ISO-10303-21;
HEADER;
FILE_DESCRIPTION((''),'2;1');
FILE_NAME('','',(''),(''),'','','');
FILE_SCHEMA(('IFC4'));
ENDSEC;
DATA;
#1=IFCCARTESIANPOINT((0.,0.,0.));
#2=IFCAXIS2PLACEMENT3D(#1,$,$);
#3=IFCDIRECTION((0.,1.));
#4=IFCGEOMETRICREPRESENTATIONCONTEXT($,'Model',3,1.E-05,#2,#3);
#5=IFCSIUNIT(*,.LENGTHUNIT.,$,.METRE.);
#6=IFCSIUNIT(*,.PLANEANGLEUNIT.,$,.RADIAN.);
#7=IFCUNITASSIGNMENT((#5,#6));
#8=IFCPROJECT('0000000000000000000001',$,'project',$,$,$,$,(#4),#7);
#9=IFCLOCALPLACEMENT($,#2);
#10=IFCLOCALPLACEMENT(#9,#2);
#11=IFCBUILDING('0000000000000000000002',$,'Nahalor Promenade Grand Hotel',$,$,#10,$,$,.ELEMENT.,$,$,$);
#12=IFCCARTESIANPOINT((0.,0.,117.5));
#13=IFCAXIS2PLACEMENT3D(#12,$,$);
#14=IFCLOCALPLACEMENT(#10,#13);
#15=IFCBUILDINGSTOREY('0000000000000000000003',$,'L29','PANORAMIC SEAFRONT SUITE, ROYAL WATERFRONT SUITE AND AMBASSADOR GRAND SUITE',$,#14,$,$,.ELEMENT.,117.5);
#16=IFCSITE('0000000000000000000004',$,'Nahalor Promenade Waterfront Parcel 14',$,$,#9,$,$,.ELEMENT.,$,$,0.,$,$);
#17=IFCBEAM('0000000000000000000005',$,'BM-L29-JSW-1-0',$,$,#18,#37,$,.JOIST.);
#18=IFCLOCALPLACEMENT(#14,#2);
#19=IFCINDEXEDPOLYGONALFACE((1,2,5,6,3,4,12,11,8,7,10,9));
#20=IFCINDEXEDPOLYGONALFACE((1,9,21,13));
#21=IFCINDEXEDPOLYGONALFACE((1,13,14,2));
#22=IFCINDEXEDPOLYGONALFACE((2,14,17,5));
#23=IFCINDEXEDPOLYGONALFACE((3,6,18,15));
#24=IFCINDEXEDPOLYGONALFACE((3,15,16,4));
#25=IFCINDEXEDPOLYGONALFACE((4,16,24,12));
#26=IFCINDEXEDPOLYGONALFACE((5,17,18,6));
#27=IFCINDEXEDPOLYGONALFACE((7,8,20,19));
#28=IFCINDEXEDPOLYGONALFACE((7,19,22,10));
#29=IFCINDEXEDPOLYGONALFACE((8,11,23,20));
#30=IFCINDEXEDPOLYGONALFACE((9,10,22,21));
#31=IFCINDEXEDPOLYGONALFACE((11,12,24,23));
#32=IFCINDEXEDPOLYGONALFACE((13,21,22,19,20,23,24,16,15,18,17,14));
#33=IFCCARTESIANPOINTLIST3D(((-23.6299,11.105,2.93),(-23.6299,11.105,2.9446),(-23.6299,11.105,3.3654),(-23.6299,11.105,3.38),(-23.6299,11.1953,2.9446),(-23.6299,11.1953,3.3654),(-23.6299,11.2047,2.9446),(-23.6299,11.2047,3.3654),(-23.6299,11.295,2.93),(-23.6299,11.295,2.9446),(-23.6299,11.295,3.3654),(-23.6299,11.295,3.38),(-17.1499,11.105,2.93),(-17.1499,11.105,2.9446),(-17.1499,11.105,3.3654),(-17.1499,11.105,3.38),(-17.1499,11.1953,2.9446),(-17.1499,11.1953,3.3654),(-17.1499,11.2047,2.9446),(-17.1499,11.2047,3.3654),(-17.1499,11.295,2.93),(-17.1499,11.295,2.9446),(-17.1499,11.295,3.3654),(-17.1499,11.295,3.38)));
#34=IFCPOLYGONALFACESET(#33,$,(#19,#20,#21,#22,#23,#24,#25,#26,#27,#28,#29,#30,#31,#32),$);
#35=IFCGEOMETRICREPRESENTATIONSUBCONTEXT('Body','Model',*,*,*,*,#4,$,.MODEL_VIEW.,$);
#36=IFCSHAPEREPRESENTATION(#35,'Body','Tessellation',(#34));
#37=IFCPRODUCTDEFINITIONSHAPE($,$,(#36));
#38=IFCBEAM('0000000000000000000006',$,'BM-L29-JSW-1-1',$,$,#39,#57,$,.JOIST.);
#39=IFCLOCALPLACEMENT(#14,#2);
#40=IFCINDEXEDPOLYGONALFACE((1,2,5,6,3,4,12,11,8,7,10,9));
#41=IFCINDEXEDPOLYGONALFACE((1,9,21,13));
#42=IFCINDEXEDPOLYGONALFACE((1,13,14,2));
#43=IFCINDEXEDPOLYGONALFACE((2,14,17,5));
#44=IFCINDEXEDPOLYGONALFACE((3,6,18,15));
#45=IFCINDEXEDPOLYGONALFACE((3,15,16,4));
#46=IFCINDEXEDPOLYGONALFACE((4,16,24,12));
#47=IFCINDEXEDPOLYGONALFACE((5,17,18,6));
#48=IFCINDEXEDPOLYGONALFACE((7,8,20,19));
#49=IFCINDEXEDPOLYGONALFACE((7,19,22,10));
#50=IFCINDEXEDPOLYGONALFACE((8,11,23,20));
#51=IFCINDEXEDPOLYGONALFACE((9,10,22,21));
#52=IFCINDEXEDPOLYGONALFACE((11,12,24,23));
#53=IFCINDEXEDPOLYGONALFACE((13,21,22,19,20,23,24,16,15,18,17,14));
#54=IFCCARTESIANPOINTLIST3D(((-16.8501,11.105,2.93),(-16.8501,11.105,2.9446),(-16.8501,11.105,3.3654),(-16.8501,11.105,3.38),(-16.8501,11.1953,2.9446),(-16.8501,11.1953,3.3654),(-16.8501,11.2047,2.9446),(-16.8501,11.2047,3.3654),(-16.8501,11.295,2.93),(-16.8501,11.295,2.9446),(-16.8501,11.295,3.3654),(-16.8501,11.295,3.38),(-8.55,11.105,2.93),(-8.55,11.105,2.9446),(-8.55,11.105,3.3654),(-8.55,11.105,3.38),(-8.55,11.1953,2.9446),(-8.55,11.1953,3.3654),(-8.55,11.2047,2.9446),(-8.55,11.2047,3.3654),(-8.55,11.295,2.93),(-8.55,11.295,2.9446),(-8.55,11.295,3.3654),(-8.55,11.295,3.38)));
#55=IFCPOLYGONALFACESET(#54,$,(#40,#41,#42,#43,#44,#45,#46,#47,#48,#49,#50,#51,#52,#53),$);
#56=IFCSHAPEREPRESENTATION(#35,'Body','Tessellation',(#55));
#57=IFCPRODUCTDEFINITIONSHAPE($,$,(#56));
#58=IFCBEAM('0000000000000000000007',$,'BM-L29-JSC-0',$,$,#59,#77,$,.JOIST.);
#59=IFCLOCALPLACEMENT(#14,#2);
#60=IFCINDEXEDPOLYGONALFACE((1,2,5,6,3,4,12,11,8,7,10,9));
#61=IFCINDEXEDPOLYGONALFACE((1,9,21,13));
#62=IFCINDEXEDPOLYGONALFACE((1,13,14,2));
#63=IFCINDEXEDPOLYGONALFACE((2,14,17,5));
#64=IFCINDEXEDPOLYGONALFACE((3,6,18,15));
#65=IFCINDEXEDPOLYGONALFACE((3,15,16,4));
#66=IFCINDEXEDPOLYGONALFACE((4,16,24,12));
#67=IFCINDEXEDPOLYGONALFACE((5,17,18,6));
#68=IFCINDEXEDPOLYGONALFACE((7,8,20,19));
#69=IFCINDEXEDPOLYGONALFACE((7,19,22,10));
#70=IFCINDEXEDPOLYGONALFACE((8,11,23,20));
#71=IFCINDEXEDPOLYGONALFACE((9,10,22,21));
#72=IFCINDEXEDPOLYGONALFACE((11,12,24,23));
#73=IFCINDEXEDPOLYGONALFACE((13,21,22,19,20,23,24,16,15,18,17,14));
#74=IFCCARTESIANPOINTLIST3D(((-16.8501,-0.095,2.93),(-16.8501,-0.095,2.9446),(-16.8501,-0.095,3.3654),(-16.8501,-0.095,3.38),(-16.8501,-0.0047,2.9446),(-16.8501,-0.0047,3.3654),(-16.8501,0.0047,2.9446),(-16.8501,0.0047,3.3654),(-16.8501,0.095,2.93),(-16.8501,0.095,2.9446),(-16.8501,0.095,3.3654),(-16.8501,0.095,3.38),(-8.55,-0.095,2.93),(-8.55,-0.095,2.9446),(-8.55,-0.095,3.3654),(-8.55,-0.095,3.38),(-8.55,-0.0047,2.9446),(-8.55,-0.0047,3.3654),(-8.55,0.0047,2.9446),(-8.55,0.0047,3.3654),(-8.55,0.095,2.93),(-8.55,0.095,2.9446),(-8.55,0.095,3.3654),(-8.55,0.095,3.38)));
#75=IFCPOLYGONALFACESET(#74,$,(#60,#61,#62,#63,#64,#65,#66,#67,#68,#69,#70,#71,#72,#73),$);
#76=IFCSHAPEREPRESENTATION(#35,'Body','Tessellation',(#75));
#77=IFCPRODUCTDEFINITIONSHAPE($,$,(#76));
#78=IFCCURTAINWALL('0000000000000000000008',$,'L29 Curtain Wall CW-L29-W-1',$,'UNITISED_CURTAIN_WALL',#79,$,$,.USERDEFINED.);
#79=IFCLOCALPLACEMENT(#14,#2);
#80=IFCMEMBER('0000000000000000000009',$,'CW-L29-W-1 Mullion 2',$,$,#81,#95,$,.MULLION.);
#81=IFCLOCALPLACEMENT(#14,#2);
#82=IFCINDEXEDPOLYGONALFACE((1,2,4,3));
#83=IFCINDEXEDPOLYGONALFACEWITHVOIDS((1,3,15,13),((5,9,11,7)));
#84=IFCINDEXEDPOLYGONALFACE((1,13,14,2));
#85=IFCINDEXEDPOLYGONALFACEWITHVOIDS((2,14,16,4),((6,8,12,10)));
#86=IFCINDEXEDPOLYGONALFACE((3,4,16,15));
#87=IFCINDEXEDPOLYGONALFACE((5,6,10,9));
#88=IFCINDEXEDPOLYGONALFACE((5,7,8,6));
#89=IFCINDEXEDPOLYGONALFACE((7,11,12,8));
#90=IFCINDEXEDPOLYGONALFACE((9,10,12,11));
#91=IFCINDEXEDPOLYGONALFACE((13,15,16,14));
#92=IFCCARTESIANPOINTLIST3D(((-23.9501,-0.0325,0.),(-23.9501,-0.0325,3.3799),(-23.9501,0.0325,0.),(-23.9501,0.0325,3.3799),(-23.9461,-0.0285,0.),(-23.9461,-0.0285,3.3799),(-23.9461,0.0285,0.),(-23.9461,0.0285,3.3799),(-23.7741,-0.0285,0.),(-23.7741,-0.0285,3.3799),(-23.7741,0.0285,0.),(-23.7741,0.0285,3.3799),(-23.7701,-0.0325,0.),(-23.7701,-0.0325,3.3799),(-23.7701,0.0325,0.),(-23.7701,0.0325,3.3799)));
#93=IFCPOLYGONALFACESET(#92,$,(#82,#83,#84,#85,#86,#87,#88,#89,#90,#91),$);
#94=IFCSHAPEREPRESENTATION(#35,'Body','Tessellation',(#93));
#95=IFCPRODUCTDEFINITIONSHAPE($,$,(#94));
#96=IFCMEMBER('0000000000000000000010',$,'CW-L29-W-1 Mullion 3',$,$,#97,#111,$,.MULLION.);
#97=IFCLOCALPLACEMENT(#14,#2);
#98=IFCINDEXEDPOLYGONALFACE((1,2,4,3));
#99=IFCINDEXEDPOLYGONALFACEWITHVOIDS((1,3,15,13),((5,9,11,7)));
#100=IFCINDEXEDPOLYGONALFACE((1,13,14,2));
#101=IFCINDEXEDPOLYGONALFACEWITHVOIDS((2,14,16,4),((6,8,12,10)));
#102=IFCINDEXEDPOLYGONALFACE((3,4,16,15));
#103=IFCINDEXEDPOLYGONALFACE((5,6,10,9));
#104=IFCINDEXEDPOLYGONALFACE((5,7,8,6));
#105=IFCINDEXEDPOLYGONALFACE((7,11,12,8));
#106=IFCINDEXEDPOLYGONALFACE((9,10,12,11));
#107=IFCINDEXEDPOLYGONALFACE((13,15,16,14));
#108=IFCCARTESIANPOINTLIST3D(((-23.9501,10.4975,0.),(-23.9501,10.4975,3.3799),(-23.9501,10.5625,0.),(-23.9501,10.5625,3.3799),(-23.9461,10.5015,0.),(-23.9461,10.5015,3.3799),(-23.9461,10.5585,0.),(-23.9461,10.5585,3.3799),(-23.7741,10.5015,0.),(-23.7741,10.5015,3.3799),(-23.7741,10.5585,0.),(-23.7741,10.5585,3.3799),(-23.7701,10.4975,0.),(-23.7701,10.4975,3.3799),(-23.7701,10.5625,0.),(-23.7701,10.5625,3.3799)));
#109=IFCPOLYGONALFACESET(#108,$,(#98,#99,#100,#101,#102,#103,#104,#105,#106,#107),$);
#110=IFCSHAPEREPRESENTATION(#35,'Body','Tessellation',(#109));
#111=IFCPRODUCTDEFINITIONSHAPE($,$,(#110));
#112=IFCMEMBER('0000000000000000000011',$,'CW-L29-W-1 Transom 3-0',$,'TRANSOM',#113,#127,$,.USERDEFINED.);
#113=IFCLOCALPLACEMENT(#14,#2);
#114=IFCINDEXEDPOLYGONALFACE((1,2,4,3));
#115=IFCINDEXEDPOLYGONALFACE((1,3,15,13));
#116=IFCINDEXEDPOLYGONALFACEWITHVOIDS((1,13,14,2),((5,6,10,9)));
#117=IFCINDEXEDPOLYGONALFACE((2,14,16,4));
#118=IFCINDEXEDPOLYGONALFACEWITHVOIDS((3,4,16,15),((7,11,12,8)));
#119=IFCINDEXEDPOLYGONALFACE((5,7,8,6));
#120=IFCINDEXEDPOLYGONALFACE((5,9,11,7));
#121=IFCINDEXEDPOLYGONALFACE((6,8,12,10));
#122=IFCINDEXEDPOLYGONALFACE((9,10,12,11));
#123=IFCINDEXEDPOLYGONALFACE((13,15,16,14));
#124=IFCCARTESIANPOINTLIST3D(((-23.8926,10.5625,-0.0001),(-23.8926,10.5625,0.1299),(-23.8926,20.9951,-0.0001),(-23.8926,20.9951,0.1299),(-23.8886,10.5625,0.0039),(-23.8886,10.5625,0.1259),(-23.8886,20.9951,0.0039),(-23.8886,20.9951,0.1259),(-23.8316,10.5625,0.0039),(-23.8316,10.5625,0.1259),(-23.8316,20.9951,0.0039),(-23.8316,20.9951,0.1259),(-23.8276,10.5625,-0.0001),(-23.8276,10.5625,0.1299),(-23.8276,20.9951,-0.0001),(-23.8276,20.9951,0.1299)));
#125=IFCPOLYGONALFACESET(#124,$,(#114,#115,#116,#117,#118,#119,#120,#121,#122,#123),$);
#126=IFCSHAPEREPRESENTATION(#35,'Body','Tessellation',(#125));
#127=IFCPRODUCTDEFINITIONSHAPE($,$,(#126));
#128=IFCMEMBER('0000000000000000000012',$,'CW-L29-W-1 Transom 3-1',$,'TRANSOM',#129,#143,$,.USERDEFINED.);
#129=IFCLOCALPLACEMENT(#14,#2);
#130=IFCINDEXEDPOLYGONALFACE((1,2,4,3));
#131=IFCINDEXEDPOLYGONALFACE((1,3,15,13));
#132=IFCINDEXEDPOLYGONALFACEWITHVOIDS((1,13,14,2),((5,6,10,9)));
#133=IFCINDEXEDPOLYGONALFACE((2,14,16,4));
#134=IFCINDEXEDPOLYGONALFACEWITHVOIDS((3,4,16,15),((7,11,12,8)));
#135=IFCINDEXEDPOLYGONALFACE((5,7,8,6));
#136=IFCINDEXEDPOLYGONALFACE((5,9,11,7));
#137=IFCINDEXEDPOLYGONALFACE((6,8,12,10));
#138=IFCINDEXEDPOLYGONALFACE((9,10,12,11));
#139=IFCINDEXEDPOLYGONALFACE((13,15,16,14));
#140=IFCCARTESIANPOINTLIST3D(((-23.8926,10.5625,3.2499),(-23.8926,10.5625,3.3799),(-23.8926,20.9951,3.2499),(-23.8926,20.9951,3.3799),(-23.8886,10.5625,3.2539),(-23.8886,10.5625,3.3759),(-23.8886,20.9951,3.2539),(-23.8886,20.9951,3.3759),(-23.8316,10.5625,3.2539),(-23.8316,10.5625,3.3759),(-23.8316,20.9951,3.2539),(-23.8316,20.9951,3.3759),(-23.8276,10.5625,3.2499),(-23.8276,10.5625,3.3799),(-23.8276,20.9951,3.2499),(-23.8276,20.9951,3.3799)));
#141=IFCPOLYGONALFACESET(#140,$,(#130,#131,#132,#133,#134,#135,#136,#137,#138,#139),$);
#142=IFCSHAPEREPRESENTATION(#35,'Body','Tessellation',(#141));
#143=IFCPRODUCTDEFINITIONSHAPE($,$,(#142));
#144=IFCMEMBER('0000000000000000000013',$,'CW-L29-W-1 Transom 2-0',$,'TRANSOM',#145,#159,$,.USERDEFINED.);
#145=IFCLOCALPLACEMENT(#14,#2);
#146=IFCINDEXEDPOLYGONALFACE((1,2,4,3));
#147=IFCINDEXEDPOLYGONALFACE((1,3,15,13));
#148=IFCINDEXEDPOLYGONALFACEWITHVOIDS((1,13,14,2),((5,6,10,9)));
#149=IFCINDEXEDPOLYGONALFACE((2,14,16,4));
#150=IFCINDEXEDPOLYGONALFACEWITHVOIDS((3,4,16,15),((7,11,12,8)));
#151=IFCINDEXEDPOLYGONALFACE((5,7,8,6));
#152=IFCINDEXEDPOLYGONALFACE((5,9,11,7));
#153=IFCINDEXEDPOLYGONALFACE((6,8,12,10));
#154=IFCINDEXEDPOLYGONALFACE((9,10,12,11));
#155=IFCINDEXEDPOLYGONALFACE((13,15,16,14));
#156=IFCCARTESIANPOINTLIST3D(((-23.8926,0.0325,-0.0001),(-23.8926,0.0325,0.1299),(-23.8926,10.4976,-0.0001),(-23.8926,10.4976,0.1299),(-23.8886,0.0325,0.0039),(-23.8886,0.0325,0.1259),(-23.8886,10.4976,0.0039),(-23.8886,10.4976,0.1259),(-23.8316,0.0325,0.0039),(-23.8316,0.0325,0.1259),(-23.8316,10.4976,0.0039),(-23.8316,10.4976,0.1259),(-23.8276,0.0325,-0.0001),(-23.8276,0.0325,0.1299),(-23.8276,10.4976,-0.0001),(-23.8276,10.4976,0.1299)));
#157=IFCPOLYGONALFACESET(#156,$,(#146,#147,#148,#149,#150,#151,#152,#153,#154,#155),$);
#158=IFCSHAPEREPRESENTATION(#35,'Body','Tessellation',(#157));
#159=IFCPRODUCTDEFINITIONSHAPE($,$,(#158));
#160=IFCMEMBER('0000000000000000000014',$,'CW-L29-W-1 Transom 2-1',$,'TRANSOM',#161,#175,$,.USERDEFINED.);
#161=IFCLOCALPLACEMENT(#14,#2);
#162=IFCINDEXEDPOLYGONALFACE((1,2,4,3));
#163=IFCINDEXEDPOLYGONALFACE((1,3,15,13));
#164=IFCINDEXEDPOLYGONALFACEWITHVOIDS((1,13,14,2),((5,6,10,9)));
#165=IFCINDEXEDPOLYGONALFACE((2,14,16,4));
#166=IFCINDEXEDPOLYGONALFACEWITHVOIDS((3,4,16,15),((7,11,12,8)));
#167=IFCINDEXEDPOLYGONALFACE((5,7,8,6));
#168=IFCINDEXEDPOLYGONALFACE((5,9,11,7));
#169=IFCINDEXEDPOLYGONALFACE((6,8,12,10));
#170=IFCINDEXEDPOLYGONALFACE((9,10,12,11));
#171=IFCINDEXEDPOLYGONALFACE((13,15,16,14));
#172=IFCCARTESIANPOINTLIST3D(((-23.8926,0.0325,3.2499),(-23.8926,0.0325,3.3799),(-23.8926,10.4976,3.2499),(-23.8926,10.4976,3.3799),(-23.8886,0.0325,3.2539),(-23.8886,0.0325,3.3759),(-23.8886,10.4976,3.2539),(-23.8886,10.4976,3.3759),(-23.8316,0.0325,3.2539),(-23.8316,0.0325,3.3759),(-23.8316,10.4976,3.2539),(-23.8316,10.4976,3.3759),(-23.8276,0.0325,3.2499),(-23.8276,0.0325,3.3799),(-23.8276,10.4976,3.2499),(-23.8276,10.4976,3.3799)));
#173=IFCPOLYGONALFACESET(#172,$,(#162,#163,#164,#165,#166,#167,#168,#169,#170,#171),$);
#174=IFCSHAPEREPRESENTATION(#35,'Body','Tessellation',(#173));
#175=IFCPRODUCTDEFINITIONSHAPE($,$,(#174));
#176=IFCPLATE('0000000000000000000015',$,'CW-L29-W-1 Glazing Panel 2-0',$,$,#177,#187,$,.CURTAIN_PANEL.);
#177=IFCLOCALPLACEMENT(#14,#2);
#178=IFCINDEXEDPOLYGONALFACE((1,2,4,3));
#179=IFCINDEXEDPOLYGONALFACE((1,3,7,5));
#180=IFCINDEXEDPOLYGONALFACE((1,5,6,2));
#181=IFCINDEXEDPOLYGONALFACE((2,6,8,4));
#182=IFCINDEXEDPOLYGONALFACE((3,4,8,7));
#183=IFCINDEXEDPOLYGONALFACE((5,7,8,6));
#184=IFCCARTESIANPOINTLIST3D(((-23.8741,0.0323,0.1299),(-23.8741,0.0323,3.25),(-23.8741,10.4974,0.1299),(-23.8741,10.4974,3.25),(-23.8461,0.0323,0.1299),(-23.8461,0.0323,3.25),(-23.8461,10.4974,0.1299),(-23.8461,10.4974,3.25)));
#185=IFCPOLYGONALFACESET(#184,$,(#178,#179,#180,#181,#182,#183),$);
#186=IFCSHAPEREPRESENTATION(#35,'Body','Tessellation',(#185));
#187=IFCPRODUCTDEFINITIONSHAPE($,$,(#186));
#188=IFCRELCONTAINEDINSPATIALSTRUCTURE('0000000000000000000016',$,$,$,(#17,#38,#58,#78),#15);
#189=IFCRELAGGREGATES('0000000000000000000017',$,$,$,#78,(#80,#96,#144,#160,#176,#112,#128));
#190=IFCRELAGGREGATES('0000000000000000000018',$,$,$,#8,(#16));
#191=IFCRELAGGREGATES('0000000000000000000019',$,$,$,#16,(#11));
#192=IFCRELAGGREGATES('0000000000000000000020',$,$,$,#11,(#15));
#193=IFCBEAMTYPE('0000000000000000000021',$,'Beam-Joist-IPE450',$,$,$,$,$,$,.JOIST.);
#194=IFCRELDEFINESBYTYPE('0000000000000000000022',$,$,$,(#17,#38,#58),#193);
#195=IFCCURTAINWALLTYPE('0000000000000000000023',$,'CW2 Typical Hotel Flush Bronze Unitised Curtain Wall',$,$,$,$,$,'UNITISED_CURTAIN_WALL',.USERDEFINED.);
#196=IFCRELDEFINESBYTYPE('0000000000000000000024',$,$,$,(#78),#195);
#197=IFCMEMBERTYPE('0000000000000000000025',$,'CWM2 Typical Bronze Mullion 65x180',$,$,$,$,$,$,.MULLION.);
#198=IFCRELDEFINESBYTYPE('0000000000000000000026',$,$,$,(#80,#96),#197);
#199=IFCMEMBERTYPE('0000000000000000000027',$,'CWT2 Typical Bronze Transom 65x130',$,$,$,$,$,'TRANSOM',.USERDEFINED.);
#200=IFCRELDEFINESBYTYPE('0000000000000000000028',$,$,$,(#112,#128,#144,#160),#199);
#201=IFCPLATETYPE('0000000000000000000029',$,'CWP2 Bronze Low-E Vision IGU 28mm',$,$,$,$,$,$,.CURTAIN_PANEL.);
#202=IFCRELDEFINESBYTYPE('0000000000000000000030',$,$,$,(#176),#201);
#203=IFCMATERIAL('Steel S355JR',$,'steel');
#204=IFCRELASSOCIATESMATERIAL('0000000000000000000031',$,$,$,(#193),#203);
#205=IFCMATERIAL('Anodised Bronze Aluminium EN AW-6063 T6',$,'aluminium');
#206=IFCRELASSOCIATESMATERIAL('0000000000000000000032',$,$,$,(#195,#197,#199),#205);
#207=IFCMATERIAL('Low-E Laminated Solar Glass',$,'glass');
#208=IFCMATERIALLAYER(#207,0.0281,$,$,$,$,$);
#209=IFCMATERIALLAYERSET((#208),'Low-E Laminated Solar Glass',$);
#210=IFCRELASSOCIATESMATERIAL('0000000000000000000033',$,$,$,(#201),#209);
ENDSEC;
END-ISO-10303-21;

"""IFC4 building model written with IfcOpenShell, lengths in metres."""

from ifc_helpers import new_model, si_unit, direction, frame, origin, origin_2d, place, context, subcontext, project, spatial, rectangle, hollow_rectangle, i_section, extrude, source, transform, mapped, material, layer, layer_set, material_profile, profile_set, type_object, element, aggregate, save


model = new_model("IFC4")

# Units and contexts
model_context = context("Model", 3, precision=1e-05, world=origin(), true_north=direction((0.0, 1.0)))
body_context = subcontext(model_context, "Body", "Model", "MODEL_VIEW")
ifc_project = project(units=[si_unit("LENGTHUNIT", "METRE"), si_unit("PLANEANGLEUNIT", "RADIAN")], contexts=[model_context])

# Site, building, storey
site_placement = place(None, origin())
site = spatial("IfcSite", under=ifc_project, at=site_placement, Name="Nahalor Promenade Waterfront Parcel 14", CompositionType="ELEMENT", RefElevation=0.0)
building_placement = place(site_placement, origin())
building = spatial("IfcBuilding", under=site, at=building_placement, Name="Nahalor Promenade Grand Hotel", CompositionType="ELEMENT")
storey_placement = place(building_placement, frame((0.0, 0.0, 117.5)))
storey = spatial("IfcBuildingStorey", under=building, at=storey_placement, Name="L29", Description="PANORAMIC SEAFRONT SUITE, ROYAL WATERFRONT SUITE AND AMBASSADOR GRAND SUITE", CompositionType="ELEMENT", Elevation=117.5)

# Beams
ifc_material_1 = material(Name="Steel S355JR", Category="steel")
ifc_material_profile_1 = material_profile(ifc_material_1, i_section(OverallWidth=0.19, OverallDepth=0.45, WebThickness=0.0094, FlangeThickness=0.0146, at=origin_2d()), Name="IPE 450")
ifc_profile_set_1 = profile_set([ifc_material_profile_1], Name="Steel S355JR")
beam_type_1 = type_object("IfcBeamType", Name="Beam-Joist-IPE450", PredefinedType="JOIST", material=ifc_profile_set_1)
shared_shape_1 = source(origin(), body_context, "Body", "SweptSolid", [
    extrude(i_section(OverallWidth=0.19, OverallDepth=0.45, WebThickness=0.0094, FlangeThickness=0.0146, at=origin_2d()), origin(), (0.0, 0.0, 1.0), 6.48),
])
beam_1_placement = place(storey_placement, frame((-23.6299, 11.2, 3.155), z_axis=(1.0, 0.0, 0.0), x_axis=(0.0, 1.0, 0.0)))
element("IfcBeam", 1, at=beam_1_placement, inside=storey, type_object=beam_type_1, Name="BM-L29-JSW-1-0", PredefinedType="JOIST", context=body_context, shape_type="MappedRepresentation", body=[
    mapped(shared_shape_1, transform((0.0, 0.0, 0.0), scale=1.0)),
])
shared_shape_2 = source(origin(), body_context, "Body", "SweptSolid", [
    extrude(i_section(OverallWidth=0.19, OverallDepth=0.45, WebThickness=0.0094, FlangeThickness=0.0146, at=origin_2d()), origin(), (0.0, 0.0, 1.0), 8.3),
])
for number, where, z_axis, x_axis, name in (
    (2, (-16.8501, 11.2, 3.155), (1.0, 0.0, 0.0), (0.0, 1.0, 0.0), "BM-L29-JSW-1-1"),
    (3, (-16.8501, 0.0, 3.155), (1.0, 0.0, 0.0), (0.0, 1.0, 0.0), "BM-L29-JSC-0"),
):
    element("IfcBeam", number, at=place(storey_placement, frame(where, z_axis=z_axis, x_axis=x_axis)), inside=storey, type_object=beam_type_1, Name=name, PredefinedType="JOIST", context=body_context, shape_type="MappedRepresentation", body=[
        mapped(shared_shape_2, transform((0.0, 0.0, 0.0), scale=1.0)),
    ])

# Curtain wall, members, plate
ifc_material_2 = material(Name="Anodised Bronze Aluminium EN AW-6063 T6", Category="aluminium")
curtain_wall_type = type_object("IfcCurtainWallType", Name="CW2 Typical Hotel Flush Bronze Unitised Curtain Wall", ElementType="UNITISED_CURTAIN_WALL", PredefinedType="USERDEFINED", material=ifc_material_2)
curtain_wall_placement = place(storey_placement, origin())
curtain_wall = element("IfcCurtainWall", 4, at=curtain_wall_placement, inside=storey, type_object=curtain_wall_type, Name="L29 Curtain Wall CW-L29-W-1", ObjectType="UNITISED_CURTAIN_WALL", PredefinedType="USERDEFINED")
ifc_material_profile_2 = material_profile(ifc_material_2, hollow_rectangle(XDim=0.065, YDim=0.18, WallThickness=0.004, at=origin_2d()), Name="CWM 65x180x4")
ifc_profile_set_2 = profile_set([ifc_material_profile_2], Name="Anodised Bronze Aluminium EN AW-6063 T6")
member_type_1 = type_object("IfcMemberType", Name="CWM2 Typical Bronze Mullion 65x180", PredefinedType="MULLION", material=ifc_profile_set_2)
shared_shape_3 = source(origin(), body_context, "Body", "SweptSolid", [
    extrude(hollow_rectangle(XDim=0.065, YDim=0.18, WallThickness=0.004, at=origin_2d()), origin(), (0.0, 0.0, 1.0), 3.3799),
])
member_1_placement = place(storey_placement, frame((-23.8601, 0.0, 0.0), z_axis=(0.0, 0.0, 1.0), x_axis=(0.0, 1.0, 0.0)))
member_1 = element("IfcMember", 5, at=member_1_placement, type_object=member_type_1, Name="CW-L29-W-1 Mullion 2", PredefinedType="MULLION", context=body_context, shape_type="MappedRepresentation", body=[
    mapped(shared_shape_3, transform((0.0, 0.0, 0.0), scale=1.0)),
])
member_2_placement = place(storey_placement, frame((-23.8601, 10.53, 0.0), z_axis=(0.0, 0.0, 1.0), x_axis=(0.0, 1.0, 0.0)))
member_2 = element("IfcMember", 6, at=member_2_placement, type_object=member_type_1, Name="CW-L29-W-1 Mullion 3", PredefinedType="MULLION", context=body_context, shape_type="MappedRepresentation", body=[
    mapped(shared_shape_3, transform((0.0, 0.0, 0.0), scale=1.0)),
])
ifc_material_profile_3 = material_profile(ifc_material_2, hollow_rectangle(XDim=0.065, YDim=0.13, WallThickness=0.004, at=origin_2d()), Name="CWT 65x130x4")
ifc_profile_set_3 = profile_set([ifc_material_profile_3], Name="Anodised Bronze Aluminium EN AW-6063 T6")
member_type_2 = type_object("IfcMemberType", Name="CWT2 Typical Bronze Transom 65x130", ElementType="TRANSOM", PredefinedType="USERDEFINED", material=ifc_profile_set_3)
shared_shape_4 = source(origin(), body_context, "Body", "SweptSolid", [
    extrude(hollow_rectangle(XDim=0.065, YDim=0.13, WallThickness=0.004, at=origin_2d()), origin(), (0.0, 0.0, 1.0), 10.4326),
])
member_3_placement = place(storey_placement, frame((-23.8601, 10.5625, 0.0649), z_axis=(0.0, 1.0, 0.0), x_axis=(-1.0, 0.0, 0.0)))
member_3 = element("IfcMember", 7, at=member_3_placement, type_object=member_type_2, Name="CW-L29-W-1 Transom 3-0", ObjectType="TRANSOM", PredefinedType="USERDEFINED", context=body_context, shape_type="MappedRepresentation", body=[
    mapped(shared_shape_4, transform((0.0, 0.0, 0.0), scale=1.0)),
])
member_4_placement = place(storey_placement, frame((-23.8601, 10.5625, 3.3149), z_axis=(0.0, 1.0, 0.0), x_axis=(-1.0, 0.0, 0.0)))
member_4 = element("IfcMember", 8, at=member_4_placement, type_object=member_type_2, Name="CW-L29-W-1 Transom 3-1", ObjectType="TRANSOM", PredefinedType="USERDEFINED", context=body_context, shape_type="MappedRepresentation", body=[
    mapped(shared_shape_4, transform((0.0, 0.0, 0.0), scale=1.0)),
])
shared_shape_5 = source(origin(), body_context, "Body", "SweptSolid", [
    extrude(hollow_rectangle(XDim=0.065, YDim=0.13, WallThickness=0.004, at=origin_2d()), origin(), (0.0, 0.0, 1.0), 10.4651),
])
member_5_placement = place(storey_placement, frame((-23.8601, 0.0325, 0.0649), z_axis=(0.0, 1.0, 0.0), x_axis=(-1.0, 0.0, 0.0)))
member_5 = element("IfcMember", 9, at=member_5_placement, type_object=member_type_2, Name="CW-L29-W-1 Transom 2-0", ObjectType="TRANSOM", PredefinedType="USERDEFINED", context=body_context, shape_type="MappedRepresentation", body=[
    mapped(shared_shape_5, transform((0.0, 0.0, 0.0), scale=1.0)),
])
member_6_placement = place(storey_placement, frame((-23.8601, 0.0325, 3.3149), z_axis=(0.0, 1.0, 0.0), x_axis=(-1.0, 0.0, 0.0)))
member_6 = element("IfcMember", 10, at=member_6_placement, type_object=member_type_2, Name="CW-L29-W-1 Transom 2-1", ObjectType="TRANSOM", PredefinedType="USERDEFINED", context=body_context, shape_type="MappedRepresentation", body=[
    mapped(shared_shape_5, transform((0.0, 0.0, 0.0), scale=1.0)),
])
ifc_material_3 = material(Name="Low-E Laminated Solar Glass", Category="glass")
ifc_layer_1 = layer(ifc_material_3, 0.0281)
ifc_layer_set_1 = layer_set([ifc_layer_1], Name="Low-E Laminated Solar Glass")
plate_type = type_object("IfcPlateType", Name="CWP2 Bronze Low-E Vision IGU 28mm", PredefinedType="CURTAIN_PANEL", material=ifc_layer_set_1)
shared_shape_6 = source(origin(), body_context, "Body", "SweptSolid", [
    extrude(rectangle(XDim=10.4651, YDim=0.0281, at=origin_2d()), origin(), (0.0, 0.0, 1.0), 3.1201),
])
plate_placement = place(storey_placement, frame((-23.8601, 5.2649, 0.1299), z_axis=(0.0, 0.0, 1.0), x_axis=(0.0, 1.0, 0.0)))
plate = element("IfcPlate", 11, at=plate_placement, type_object=plate_type, Name="CW-L29-W-1 Glazing Panel 2-0", PredefinedType="CURTAIN_PANEL", context=body_context, shape_type="MappedRepresentation", body=[
    mapped(shared_shape_6, transform((0.0, 0.0, 0.0), scale=1.0)),
])
aggregate(curtain_wall, [member_1, member_2, member_5, member_6, plate, member_3, member_4])

save(model, "model.ifc")
